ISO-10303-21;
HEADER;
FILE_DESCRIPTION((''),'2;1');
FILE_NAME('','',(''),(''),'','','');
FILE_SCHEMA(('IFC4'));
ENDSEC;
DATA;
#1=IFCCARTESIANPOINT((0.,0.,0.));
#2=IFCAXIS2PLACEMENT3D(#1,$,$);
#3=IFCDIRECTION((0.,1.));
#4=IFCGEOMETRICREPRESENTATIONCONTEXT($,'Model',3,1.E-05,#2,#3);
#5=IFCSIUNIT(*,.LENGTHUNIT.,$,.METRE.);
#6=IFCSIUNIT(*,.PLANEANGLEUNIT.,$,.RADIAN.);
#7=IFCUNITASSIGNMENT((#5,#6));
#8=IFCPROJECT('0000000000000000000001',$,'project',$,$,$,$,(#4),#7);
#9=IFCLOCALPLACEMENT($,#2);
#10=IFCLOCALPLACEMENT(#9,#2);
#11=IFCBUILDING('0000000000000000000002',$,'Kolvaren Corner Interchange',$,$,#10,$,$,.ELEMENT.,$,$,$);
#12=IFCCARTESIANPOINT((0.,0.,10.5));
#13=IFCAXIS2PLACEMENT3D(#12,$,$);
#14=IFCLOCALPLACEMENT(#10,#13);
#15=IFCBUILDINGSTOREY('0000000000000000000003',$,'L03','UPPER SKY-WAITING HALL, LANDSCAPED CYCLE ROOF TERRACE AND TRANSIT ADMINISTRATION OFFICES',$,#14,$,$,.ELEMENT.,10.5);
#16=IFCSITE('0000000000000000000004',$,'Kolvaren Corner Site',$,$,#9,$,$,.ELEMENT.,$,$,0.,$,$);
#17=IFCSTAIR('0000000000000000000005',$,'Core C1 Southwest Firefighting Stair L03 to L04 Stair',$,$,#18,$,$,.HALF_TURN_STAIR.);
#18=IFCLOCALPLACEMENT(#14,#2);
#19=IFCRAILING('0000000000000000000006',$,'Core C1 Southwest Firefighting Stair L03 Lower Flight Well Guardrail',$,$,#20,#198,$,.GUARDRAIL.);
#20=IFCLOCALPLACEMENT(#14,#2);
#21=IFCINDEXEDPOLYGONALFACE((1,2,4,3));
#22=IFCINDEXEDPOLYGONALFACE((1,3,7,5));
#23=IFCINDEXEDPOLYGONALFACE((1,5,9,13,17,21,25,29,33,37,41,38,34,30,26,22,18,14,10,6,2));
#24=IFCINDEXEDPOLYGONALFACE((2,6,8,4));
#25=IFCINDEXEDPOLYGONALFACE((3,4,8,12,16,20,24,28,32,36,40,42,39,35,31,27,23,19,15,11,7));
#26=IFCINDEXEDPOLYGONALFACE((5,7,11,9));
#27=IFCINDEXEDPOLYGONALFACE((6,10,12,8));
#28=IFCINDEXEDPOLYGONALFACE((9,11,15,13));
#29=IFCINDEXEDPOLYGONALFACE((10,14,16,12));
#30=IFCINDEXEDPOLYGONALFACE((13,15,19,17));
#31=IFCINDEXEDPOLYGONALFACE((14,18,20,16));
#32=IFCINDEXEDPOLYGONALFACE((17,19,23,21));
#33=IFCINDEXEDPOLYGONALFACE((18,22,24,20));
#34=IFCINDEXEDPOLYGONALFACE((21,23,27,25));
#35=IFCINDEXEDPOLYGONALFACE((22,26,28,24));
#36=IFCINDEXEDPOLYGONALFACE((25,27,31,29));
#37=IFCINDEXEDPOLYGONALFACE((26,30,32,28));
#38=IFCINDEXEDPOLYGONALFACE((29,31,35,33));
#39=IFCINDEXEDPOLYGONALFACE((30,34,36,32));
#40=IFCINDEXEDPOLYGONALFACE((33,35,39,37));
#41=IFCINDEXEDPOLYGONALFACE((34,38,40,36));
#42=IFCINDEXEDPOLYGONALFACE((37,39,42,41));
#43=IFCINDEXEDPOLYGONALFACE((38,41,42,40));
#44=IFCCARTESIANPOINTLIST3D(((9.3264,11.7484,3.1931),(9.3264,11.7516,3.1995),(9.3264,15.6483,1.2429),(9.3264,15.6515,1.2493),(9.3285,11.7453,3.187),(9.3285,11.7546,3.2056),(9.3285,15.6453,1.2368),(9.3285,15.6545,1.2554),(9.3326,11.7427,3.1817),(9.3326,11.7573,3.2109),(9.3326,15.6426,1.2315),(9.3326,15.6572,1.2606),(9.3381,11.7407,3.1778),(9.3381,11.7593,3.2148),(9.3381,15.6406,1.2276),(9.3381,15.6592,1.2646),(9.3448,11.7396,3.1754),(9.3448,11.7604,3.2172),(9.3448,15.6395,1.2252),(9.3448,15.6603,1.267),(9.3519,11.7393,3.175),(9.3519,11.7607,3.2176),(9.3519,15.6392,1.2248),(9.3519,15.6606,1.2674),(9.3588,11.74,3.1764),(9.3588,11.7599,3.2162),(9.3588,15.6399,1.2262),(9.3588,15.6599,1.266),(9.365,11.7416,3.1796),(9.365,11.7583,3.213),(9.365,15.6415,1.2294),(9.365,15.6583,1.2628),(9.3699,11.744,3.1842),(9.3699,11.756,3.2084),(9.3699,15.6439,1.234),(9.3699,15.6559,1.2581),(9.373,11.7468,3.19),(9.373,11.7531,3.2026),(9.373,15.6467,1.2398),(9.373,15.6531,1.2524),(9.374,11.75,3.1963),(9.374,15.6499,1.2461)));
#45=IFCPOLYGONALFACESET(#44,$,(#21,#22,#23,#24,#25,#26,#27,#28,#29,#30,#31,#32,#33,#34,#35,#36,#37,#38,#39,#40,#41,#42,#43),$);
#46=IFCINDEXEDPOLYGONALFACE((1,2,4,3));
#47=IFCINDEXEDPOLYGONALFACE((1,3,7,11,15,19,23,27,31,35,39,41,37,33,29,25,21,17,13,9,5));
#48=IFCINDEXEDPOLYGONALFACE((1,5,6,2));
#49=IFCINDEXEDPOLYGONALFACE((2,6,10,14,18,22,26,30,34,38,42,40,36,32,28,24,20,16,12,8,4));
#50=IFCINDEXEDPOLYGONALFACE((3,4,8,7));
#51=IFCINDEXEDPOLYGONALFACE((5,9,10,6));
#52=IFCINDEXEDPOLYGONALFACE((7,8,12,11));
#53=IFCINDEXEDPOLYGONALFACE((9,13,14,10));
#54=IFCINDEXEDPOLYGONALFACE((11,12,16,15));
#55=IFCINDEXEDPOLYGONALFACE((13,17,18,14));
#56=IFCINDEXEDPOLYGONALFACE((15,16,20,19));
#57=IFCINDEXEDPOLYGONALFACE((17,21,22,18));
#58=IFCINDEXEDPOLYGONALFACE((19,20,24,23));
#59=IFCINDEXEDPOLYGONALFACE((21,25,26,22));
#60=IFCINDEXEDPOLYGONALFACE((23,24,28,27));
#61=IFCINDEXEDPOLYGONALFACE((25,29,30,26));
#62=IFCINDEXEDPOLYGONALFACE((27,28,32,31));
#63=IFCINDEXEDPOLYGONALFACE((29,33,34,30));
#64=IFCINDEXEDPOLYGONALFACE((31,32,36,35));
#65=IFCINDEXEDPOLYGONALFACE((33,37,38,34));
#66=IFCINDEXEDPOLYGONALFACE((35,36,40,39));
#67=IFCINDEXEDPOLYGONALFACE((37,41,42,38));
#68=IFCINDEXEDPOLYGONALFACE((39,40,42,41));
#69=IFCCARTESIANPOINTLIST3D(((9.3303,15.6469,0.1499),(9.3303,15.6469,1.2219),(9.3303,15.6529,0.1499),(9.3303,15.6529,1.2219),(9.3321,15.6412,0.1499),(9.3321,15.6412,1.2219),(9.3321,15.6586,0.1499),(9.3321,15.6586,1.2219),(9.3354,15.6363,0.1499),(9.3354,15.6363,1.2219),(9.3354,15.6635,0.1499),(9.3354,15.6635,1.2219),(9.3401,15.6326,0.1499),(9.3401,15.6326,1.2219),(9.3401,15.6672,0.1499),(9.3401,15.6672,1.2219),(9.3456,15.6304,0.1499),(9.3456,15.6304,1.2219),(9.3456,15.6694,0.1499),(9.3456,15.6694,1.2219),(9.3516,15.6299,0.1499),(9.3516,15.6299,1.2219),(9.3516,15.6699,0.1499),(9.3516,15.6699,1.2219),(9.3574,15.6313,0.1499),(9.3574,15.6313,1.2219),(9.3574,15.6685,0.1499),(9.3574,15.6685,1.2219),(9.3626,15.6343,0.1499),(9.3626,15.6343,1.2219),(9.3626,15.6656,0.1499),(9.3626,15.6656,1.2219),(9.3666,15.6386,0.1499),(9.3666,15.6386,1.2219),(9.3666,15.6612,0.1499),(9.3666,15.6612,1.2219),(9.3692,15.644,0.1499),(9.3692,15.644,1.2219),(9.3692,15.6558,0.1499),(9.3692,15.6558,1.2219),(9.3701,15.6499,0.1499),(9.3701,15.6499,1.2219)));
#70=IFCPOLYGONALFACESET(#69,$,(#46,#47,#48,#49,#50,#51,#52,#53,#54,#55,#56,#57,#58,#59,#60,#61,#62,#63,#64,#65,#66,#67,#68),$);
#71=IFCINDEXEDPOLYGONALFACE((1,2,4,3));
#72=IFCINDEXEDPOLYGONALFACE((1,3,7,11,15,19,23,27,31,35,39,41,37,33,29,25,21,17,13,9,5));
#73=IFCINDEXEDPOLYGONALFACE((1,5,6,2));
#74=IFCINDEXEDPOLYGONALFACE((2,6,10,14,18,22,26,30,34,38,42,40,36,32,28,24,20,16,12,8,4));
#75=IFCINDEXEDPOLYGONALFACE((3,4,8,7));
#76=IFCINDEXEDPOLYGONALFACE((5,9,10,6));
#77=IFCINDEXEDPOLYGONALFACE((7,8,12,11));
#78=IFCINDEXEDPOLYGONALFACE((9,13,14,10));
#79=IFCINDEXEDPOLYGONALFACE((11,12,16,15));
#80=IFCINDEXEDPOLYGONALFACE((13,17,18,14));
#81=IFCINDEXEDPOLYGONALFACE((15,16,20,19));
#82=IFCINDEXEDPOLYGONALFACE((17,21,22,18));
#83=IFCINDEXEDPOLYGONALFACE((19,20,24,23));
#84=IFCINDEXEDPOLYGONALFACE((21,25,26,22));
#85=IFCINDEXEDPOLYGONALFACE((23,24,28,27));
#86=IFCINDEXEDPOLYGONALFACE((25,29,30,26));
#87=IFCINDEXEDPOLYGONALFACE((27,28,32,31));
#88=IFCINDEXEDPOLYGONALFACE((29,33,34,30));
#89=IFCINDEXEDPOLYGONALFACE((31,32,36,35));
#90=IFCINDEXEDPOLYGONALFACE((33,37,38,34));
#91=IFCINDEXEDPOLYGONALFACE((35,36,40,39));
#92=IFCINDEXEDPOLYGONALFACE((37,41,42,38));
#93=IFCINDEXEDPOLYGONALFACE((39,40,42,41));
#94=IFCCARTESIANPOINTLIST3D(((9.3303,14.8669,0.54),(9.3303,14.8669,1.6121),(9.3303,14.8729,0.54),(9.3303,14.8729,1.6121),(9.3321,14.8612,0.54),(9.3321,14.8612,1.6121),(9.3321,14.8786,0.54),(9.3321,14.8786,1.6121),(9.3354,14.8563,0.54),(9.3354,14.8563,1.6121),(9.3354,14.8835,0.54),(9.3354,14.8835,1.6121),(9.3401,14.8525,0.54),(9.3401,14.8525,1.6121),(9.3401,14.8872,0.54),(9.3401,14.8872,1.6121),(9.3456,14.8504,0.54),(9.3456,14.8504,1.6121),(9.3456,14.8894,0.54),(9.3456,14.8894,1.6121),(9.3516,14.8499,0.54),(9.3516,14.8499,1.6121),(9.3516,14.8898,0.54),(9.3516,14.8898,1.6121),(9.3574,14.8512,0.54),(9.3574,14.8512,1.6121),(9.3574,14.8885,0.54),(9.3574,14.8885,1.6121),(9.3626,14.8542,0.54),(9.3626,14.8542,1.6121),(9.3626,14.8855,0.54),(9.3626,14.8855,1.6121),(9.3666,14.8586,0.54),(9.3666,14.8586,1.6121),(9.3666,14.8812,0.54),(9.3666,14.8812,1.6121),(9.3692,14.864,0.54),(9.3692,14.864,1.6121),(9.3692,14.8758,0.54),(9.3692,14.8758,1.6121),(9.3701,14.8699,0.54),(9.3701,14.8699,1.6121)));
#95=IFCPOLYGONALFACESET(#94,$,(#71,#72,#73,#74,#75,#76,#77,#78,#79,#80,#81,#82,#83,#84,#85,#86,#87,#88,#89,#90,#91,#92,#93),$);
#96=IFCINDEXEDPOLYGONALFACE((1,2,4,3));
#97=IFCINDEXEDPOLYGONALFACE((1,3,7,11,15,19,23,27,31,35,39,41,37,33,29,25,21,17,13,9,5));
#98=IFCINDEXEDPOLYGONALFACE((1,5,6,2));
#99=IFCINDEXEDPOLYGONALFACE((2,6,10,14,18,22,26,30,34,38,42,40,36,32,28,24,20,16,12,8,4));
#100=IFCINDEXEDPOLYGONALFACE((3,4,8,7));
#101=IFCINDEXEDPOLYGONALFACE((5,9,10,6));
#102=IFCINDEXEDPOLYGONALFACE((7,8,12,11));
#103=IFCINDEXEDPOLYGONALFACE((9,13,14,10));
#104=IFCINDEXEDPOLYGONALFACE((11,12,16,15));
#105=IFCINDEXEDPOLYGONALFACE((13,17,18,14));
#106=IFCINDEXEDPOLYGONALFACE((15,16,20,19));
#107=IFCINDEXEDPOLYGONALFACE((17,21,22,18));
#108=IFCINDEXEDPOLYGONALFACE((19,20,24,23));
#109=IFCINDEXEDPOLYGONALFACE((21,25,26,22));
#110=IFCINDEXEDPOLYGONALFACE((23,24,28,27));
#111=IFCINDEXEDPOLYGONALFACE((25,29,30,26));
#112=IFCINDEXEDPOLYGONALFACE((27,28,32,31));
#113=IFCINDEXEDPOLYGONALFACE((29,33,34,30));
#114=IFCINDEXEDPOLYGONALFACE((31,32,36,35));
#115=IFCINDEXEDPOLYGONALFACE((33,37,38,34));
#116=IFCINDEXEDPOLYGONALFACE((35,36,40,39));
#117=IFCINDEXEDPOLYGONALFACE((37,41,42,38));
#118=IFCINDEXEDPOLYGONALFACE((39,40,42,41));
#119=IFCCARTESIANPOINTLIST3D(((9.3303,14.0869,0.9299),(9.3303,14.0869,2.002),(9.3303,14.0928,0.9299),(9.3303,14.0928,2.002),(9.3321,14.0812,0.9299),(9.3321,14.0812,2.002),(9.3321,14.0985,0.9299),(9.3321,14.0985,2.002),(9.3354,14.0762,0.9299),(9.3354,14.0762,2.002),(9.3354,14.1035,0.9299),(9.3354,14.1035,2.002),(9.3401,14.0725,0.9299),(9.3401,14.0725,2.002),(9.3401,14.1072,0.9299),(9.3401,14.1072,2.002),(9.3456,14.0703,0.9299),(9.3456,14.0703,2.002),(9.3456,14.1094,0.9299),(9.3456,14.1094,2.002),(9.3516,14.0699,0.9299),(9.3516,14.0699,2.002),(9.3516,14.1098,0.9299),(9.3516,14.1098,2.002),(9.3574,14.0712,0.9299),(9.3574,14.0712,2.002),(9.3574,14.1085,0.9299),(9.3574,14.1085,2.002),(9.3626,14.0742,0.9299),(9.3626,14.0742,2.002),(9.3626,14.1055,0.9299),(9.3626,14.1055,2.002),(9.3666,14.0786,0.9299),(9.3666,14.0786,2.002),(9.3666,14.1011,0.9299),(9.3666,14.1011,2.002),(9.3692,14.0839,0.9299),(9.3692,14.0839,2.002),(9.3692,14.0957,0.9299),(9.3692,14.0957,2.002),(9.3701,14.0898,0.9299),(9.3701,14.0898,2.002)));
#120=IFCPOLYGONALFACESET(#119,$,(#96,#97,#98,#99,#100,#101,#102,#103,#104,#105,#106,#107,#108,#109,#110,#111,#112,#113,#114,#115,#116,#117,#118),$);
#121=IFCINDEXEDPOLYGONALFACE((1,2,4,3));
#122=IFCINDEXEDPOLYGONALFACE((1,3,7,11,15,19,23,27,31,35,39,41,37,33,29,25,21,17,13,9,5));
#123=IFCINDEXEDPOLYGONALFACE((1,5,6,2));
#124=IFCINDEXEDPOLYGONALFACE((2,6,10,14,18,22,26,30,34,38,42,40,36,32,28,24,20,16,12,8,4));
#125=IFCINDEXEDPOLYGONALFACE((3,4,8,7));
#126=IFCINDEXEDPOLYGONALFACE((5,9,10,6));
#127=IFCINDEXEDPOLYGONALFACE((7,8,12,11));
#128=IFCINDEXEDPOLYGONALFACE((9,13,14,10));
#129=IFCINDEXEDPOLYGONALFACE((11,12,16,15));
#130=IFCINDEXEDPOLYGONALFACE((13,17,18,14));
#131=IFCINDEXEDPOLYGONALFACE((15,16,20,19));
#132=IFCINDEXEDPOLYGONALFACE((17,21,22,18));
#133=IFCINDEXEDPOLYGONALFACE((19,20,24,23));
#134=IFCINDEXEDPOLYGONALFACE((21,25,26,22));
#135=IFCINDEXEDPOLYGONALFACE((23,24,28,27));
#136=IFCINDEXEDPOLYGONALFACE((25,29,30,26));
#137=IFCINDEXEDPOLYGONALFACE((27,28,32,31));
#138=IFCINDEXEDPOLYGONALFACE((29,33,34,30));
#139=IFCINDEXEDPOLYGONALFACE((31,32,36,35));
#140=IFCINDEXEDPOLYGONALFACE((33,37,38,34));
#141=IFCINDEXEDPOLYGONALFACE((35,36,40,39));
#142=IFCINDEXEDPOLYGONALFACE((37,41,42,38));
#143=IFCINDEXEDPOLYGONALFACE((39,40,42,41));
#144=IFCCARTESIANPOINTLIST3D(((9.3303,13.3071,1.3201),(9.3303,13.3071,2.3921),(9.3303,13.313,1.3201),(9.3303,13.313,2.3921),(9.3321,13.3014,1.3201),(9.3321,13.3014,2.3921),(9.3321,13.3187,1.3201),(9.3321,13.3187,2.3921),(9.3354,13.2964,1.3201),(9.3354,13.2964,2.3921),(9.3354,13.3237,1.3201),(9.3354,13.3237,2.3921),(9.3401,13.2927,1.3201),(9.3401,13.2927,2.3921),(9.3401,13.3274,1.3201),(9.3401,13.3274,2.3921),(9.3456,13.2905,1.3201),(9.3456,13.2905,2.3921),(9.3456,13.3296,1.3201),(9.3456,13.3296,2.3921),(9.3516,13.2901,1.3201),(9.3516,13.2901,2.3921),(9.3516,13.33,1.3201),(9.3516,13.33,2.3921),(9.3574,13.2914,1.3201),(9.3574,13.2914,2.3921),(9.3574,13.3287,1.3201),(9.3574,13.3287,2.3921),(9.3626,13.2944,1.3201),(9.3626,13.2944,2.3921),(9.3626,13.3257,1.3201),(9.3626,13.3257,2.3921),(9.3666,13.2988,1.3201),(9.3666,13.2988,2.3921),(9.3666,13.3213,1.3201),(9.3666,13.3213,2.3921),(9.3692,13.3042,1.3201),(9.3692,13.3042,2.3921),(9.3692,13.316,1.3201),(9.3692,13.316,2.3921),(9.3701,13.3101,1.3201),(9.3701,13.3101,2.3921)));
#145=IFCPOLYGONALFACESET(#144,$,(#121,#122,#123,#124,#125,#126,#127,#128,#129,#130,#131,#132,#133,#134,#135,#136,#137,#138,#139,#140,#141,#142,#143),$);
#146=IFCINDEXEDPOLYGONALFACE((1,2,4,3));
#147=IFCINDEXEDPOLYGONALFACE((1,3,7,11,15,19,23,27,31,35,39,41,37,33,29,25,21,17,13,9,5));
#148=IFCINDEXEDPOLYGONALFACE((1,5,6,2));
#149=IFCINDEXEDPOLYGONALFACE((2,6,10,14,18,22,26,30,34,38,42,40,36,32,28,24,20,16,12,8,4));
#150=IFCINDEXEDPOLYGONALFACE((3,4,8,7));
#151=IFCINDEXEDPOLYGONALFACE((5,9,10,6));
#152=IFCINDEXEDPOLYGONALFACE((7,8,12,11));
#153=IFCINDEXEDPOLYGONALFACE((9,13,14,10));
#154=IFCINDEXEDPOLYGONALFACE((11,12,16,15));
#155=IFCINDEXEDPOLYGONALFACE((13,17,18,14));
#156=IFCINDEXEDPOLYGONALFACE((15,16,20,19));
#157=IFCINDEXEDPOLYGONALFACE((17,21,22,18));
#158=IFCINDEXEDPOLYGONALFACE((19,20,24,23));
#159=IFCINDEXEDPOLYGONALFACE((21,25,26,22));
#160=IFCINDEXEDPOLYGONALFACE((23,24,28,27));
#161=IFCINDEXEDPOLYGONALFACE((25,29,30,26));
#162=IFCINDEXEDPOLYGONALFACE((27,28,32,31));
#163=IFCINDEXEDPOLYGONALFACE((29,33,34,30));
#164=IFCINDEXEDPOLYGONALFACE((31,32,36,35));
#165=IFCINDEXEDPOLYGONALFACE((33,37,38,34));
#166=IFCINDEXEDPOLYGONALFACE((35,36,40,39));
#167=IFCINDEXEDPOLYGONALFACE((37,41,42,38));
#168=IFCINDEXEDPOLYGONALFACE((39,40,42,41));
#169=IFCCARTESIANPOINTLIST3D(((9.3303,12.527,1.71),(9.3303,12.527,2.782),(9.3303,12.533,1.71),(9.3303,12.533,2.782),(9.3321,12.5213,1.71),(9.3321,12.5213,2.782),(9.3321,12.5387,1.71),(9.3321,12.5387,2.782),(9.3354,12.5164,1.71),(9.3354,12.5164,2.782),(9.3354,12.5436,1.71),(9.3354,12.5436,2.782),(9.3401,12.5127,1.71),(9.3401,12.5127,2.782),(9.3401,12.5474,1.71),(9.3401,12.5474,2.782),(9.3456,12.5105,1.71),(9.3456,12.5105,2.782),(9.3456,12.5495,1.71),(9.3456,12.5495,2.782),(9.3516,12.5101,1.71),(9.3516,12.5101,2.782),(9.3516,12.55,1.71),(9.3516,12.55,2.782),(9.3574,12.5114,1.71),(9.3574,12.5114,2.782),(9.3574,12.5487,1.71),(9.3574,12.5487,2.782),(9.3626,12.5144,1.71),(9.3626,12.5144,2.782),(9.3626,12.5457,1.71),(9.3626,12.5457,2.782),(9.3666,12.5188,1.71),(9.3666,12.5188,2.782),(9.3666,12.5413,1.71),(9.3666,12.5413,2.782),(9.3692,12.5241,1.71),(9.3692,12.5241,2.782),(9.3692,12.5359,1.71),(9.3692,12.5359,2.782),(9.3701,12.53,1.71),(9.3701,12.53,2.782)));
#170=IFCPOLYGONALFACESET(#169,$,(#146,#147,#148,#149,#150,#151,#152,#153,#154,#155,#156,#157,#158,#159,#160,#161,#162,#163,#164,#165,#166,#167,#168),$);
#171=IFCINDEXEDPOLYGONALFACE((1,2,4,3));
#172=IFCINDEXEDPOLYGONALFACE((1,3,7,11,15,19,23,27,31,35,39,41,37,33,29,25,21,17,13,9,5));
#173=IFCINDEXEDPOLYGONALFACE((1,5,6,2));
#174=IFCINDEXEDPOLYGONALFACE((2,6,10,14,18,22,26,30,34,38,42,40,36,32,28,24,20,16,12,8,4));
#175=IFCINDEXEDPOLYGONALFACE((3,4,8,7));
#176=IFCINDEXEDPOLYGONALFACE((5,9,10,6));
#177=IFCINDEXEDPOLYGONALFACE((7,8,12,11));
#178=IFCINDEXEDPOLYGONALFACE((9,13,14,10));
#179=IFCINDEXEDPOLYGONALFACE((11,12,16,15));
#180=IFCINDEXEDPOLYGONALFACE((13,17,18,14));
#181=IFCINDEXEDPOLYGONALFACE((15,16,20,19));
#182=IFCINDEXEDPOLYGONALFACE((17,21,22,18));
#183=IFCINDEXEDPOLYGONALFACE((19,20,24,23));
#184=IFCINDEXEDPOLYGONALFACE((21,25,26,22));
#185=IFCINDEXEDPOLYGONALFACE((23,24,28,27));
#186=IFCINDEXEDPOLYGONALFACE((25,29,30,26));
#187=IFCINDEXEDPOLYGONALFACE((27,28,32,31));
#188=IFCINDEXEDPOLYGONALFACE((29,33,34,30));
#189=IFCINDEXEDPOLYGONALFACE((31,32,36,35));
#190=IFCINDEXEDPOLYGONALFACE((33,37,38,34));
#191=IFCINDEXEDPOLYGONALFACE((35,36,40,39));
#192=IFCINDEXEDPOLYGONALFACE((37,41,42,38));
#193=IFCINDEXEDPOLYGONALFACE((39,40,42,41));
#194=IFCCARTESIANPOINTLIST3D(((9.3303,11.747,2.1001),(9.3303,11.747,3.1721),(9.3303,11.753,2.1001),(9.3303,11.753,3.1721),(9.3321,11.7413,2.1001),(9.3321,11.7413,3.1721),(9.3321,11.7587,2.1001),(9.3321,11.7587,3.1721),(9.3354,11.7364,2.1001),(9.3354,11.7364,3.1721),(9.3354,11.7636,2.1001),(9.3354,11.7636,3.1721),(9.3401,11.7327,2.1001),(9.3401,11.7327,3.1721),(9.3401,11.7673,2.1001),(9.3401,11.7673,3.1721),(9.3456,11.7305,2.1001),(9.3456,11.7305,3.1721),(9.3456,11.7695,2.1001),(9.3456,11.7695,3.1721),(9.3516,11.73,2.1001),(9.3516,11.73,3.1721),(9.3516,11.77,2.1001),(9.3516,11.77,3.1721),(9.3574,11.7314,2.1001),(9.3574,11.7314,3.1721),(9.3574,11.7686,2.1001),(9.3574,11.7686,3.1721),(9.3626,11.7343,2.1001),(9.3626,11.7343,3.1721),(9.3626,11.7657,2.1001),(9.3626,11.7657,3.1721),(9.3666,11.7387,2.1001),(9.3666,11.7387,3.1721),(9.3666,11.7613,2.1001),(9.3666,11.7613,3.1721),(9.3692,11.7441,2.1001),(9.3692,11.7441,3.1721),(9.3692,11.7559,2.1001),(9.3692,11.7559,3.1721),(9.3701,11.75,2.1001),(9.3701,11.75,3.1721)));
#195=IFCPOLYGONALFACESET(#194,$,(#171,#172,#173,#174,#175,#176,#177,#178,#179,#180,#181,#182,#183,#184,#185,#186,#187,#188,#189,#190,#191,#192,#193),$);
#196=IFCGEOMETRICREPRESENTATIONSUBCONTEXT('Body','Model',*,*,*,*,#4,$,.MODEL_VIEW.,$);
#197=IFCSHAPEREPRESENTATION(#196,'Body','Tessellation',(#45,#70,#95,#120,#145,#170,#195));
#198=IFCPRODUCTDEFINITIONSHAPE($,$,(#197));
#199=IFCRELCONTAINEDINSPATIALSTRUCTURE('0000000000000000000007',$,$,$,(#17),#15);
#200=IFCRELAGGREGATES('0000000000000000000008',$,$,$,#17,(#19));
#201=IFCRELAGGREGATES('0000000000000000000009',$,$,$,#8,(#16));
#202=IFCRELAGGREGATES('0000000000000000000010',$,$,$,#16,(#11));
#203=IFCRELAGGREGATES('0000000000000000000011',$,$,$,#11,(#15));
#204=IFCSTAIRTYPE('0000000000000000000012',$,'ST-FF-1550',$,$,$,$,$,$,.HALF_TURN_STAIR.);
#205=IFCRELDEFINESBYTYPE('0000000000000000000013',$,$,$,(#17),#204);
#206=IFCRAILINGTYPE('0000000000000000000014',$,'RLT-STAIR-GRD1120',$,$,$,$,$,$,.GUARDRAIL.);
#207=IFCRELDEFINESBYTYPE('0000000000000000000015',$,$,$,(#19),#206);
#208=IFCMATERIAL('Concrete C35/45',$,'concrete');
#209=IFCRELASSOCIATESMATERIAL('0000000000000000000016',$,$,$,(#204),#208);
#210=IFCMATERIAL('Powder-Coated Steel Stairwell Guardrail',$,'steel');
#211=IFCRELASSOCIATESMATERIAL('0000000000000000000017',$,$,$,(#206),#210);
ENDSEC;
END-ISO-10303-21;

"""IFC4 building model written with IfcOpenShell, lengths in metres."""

from ifc_helpers import new_model, si_unit, direction, frame, origin, origin_2d, place, context, subcontext, project, spatial, circle, extrude, material, type_object, element, aggregate, save


model = new_model("IFC4")

# Units and contexts
model_context = context("Model", 3, precision=1e-05, world=origin(), true_north=direction((0.0, 1.0)))
body_context = subcontext(model_context, "Body", "Model", "MODEL_VIEW")
ifc_project = project(units=[si_unit("LENGTHUNIT", "METRE"), si_unit("PLANEANGLEUNIT", "RADIAN")], contexts=[model_context])

# Site, building, storey
site_placement = place(None, origin())
site = spatial("IfcSite", under=ifc_project, at=site_placement, Name="Kolvaren Corner Site", CompositionType="ELEMENT", RefElevation=0.0)
building_placement = place(site_placement, origin())
building = spatial("IfcBuilding", under=site, at=building_placement, Name="Kolvaren Corner Interchange", CompositionType="ELEMENT")
storey_placement = place(building_placement, frame((0.0, 0.0, 10.5)))
storey = spatial("IfcBuildingStorey", under=building, at=storey_placement, Name="L03", Description="UPPER SKY-WAITING HALL, LANDSCAPED CYCLE ROOF TERRACE AND TRANSIT ADMINISTRATION OFFICES", CompositionType="ELEMENT", Elevation=10.5)

# Stair
ifc_material_1 = material(Name="Concrete C35/45", Category="concrete")
stair_type = type_object("IfcStairType", Name="ST-FF-1550", PredefinedType="HALF_TURN_STAIR", material=ifc_material_1)
stair_placement = place(storey_placement, origin())
stair = element("IfcStair", 1, at=stair_placement, inside=storey, type_object=stair_type, Name="Core C1 Southwest Firefighting Stair L03 to L04 Stair", PredefinedType="HALF_TURN_STAIR")

# Railing
ifc_material_2 = material(Name="Powder-Coated Steel Stairwell Guardrail", Category="steel")
railing_type_1 = type_object("IfcRailingType", Name="RLT-STAIR-GRD1120", PredefinedType="GUARDRAIL", material=ifc_material_2)
railing_1_placement = place(storey_placement, frame((9.3501, 15.6499, 0.1499)))
railing_1 = element("IfcRailing", 2, at=railing_1_placement, type_object=railing_type_1, Name="Core C1 Southwest Firefighting Stair L03 Lower Flight Well Guardrail", PredefinedType="GUARDRAIL", context=body_context, shape_type="SweptSolid", body=[
    extrude(circle(Radius=0.0239, at=origin_2d()), frame((0.0, 0.0, 1.0962), z_axis=(0.0, -0.894405, 0.447258), x_axis=(1.0, 0.0, 0.0)), (0.0, 0.0, 1.0), 4.3604),
    extrude(circle(Radius=0.02, at=origin_2d()), origin(), (0.0, 0.0, 1.0), 1.072),
    extrude(circle(Radius=0.02, at=origin_2d()), frame((0.0, -0.78, 0.3901)), (0.0, 0.0, 1.0), 1.072),
    extrude(circle(Radius=0.02, at=origin_2d()), frame((0.0, -1.5601, 0.78)), (0.0, 0.0, 1.0), 1.072),
    extrude(circle(Radius=0.02, at=origin_2d()), frame((0.0, -2.3398, 1.1702)), (0.0, 0.0, 1.0), 1.072),
    extrude(circle(Radius=0.02, at=origin_2d()), frame((0.0, -3.1199, 1.5601)), (0.0, 0.0, 1.0), 1.072),
    extrude(circle(Radius=0.02, at=origin_2d()), frame((0.0, -3.8999, 1.9502)), (0.0, 0.0, 1.0), 1.072),
])
aggregate(stair, [railing_1])

save(model, "model.ifc")
